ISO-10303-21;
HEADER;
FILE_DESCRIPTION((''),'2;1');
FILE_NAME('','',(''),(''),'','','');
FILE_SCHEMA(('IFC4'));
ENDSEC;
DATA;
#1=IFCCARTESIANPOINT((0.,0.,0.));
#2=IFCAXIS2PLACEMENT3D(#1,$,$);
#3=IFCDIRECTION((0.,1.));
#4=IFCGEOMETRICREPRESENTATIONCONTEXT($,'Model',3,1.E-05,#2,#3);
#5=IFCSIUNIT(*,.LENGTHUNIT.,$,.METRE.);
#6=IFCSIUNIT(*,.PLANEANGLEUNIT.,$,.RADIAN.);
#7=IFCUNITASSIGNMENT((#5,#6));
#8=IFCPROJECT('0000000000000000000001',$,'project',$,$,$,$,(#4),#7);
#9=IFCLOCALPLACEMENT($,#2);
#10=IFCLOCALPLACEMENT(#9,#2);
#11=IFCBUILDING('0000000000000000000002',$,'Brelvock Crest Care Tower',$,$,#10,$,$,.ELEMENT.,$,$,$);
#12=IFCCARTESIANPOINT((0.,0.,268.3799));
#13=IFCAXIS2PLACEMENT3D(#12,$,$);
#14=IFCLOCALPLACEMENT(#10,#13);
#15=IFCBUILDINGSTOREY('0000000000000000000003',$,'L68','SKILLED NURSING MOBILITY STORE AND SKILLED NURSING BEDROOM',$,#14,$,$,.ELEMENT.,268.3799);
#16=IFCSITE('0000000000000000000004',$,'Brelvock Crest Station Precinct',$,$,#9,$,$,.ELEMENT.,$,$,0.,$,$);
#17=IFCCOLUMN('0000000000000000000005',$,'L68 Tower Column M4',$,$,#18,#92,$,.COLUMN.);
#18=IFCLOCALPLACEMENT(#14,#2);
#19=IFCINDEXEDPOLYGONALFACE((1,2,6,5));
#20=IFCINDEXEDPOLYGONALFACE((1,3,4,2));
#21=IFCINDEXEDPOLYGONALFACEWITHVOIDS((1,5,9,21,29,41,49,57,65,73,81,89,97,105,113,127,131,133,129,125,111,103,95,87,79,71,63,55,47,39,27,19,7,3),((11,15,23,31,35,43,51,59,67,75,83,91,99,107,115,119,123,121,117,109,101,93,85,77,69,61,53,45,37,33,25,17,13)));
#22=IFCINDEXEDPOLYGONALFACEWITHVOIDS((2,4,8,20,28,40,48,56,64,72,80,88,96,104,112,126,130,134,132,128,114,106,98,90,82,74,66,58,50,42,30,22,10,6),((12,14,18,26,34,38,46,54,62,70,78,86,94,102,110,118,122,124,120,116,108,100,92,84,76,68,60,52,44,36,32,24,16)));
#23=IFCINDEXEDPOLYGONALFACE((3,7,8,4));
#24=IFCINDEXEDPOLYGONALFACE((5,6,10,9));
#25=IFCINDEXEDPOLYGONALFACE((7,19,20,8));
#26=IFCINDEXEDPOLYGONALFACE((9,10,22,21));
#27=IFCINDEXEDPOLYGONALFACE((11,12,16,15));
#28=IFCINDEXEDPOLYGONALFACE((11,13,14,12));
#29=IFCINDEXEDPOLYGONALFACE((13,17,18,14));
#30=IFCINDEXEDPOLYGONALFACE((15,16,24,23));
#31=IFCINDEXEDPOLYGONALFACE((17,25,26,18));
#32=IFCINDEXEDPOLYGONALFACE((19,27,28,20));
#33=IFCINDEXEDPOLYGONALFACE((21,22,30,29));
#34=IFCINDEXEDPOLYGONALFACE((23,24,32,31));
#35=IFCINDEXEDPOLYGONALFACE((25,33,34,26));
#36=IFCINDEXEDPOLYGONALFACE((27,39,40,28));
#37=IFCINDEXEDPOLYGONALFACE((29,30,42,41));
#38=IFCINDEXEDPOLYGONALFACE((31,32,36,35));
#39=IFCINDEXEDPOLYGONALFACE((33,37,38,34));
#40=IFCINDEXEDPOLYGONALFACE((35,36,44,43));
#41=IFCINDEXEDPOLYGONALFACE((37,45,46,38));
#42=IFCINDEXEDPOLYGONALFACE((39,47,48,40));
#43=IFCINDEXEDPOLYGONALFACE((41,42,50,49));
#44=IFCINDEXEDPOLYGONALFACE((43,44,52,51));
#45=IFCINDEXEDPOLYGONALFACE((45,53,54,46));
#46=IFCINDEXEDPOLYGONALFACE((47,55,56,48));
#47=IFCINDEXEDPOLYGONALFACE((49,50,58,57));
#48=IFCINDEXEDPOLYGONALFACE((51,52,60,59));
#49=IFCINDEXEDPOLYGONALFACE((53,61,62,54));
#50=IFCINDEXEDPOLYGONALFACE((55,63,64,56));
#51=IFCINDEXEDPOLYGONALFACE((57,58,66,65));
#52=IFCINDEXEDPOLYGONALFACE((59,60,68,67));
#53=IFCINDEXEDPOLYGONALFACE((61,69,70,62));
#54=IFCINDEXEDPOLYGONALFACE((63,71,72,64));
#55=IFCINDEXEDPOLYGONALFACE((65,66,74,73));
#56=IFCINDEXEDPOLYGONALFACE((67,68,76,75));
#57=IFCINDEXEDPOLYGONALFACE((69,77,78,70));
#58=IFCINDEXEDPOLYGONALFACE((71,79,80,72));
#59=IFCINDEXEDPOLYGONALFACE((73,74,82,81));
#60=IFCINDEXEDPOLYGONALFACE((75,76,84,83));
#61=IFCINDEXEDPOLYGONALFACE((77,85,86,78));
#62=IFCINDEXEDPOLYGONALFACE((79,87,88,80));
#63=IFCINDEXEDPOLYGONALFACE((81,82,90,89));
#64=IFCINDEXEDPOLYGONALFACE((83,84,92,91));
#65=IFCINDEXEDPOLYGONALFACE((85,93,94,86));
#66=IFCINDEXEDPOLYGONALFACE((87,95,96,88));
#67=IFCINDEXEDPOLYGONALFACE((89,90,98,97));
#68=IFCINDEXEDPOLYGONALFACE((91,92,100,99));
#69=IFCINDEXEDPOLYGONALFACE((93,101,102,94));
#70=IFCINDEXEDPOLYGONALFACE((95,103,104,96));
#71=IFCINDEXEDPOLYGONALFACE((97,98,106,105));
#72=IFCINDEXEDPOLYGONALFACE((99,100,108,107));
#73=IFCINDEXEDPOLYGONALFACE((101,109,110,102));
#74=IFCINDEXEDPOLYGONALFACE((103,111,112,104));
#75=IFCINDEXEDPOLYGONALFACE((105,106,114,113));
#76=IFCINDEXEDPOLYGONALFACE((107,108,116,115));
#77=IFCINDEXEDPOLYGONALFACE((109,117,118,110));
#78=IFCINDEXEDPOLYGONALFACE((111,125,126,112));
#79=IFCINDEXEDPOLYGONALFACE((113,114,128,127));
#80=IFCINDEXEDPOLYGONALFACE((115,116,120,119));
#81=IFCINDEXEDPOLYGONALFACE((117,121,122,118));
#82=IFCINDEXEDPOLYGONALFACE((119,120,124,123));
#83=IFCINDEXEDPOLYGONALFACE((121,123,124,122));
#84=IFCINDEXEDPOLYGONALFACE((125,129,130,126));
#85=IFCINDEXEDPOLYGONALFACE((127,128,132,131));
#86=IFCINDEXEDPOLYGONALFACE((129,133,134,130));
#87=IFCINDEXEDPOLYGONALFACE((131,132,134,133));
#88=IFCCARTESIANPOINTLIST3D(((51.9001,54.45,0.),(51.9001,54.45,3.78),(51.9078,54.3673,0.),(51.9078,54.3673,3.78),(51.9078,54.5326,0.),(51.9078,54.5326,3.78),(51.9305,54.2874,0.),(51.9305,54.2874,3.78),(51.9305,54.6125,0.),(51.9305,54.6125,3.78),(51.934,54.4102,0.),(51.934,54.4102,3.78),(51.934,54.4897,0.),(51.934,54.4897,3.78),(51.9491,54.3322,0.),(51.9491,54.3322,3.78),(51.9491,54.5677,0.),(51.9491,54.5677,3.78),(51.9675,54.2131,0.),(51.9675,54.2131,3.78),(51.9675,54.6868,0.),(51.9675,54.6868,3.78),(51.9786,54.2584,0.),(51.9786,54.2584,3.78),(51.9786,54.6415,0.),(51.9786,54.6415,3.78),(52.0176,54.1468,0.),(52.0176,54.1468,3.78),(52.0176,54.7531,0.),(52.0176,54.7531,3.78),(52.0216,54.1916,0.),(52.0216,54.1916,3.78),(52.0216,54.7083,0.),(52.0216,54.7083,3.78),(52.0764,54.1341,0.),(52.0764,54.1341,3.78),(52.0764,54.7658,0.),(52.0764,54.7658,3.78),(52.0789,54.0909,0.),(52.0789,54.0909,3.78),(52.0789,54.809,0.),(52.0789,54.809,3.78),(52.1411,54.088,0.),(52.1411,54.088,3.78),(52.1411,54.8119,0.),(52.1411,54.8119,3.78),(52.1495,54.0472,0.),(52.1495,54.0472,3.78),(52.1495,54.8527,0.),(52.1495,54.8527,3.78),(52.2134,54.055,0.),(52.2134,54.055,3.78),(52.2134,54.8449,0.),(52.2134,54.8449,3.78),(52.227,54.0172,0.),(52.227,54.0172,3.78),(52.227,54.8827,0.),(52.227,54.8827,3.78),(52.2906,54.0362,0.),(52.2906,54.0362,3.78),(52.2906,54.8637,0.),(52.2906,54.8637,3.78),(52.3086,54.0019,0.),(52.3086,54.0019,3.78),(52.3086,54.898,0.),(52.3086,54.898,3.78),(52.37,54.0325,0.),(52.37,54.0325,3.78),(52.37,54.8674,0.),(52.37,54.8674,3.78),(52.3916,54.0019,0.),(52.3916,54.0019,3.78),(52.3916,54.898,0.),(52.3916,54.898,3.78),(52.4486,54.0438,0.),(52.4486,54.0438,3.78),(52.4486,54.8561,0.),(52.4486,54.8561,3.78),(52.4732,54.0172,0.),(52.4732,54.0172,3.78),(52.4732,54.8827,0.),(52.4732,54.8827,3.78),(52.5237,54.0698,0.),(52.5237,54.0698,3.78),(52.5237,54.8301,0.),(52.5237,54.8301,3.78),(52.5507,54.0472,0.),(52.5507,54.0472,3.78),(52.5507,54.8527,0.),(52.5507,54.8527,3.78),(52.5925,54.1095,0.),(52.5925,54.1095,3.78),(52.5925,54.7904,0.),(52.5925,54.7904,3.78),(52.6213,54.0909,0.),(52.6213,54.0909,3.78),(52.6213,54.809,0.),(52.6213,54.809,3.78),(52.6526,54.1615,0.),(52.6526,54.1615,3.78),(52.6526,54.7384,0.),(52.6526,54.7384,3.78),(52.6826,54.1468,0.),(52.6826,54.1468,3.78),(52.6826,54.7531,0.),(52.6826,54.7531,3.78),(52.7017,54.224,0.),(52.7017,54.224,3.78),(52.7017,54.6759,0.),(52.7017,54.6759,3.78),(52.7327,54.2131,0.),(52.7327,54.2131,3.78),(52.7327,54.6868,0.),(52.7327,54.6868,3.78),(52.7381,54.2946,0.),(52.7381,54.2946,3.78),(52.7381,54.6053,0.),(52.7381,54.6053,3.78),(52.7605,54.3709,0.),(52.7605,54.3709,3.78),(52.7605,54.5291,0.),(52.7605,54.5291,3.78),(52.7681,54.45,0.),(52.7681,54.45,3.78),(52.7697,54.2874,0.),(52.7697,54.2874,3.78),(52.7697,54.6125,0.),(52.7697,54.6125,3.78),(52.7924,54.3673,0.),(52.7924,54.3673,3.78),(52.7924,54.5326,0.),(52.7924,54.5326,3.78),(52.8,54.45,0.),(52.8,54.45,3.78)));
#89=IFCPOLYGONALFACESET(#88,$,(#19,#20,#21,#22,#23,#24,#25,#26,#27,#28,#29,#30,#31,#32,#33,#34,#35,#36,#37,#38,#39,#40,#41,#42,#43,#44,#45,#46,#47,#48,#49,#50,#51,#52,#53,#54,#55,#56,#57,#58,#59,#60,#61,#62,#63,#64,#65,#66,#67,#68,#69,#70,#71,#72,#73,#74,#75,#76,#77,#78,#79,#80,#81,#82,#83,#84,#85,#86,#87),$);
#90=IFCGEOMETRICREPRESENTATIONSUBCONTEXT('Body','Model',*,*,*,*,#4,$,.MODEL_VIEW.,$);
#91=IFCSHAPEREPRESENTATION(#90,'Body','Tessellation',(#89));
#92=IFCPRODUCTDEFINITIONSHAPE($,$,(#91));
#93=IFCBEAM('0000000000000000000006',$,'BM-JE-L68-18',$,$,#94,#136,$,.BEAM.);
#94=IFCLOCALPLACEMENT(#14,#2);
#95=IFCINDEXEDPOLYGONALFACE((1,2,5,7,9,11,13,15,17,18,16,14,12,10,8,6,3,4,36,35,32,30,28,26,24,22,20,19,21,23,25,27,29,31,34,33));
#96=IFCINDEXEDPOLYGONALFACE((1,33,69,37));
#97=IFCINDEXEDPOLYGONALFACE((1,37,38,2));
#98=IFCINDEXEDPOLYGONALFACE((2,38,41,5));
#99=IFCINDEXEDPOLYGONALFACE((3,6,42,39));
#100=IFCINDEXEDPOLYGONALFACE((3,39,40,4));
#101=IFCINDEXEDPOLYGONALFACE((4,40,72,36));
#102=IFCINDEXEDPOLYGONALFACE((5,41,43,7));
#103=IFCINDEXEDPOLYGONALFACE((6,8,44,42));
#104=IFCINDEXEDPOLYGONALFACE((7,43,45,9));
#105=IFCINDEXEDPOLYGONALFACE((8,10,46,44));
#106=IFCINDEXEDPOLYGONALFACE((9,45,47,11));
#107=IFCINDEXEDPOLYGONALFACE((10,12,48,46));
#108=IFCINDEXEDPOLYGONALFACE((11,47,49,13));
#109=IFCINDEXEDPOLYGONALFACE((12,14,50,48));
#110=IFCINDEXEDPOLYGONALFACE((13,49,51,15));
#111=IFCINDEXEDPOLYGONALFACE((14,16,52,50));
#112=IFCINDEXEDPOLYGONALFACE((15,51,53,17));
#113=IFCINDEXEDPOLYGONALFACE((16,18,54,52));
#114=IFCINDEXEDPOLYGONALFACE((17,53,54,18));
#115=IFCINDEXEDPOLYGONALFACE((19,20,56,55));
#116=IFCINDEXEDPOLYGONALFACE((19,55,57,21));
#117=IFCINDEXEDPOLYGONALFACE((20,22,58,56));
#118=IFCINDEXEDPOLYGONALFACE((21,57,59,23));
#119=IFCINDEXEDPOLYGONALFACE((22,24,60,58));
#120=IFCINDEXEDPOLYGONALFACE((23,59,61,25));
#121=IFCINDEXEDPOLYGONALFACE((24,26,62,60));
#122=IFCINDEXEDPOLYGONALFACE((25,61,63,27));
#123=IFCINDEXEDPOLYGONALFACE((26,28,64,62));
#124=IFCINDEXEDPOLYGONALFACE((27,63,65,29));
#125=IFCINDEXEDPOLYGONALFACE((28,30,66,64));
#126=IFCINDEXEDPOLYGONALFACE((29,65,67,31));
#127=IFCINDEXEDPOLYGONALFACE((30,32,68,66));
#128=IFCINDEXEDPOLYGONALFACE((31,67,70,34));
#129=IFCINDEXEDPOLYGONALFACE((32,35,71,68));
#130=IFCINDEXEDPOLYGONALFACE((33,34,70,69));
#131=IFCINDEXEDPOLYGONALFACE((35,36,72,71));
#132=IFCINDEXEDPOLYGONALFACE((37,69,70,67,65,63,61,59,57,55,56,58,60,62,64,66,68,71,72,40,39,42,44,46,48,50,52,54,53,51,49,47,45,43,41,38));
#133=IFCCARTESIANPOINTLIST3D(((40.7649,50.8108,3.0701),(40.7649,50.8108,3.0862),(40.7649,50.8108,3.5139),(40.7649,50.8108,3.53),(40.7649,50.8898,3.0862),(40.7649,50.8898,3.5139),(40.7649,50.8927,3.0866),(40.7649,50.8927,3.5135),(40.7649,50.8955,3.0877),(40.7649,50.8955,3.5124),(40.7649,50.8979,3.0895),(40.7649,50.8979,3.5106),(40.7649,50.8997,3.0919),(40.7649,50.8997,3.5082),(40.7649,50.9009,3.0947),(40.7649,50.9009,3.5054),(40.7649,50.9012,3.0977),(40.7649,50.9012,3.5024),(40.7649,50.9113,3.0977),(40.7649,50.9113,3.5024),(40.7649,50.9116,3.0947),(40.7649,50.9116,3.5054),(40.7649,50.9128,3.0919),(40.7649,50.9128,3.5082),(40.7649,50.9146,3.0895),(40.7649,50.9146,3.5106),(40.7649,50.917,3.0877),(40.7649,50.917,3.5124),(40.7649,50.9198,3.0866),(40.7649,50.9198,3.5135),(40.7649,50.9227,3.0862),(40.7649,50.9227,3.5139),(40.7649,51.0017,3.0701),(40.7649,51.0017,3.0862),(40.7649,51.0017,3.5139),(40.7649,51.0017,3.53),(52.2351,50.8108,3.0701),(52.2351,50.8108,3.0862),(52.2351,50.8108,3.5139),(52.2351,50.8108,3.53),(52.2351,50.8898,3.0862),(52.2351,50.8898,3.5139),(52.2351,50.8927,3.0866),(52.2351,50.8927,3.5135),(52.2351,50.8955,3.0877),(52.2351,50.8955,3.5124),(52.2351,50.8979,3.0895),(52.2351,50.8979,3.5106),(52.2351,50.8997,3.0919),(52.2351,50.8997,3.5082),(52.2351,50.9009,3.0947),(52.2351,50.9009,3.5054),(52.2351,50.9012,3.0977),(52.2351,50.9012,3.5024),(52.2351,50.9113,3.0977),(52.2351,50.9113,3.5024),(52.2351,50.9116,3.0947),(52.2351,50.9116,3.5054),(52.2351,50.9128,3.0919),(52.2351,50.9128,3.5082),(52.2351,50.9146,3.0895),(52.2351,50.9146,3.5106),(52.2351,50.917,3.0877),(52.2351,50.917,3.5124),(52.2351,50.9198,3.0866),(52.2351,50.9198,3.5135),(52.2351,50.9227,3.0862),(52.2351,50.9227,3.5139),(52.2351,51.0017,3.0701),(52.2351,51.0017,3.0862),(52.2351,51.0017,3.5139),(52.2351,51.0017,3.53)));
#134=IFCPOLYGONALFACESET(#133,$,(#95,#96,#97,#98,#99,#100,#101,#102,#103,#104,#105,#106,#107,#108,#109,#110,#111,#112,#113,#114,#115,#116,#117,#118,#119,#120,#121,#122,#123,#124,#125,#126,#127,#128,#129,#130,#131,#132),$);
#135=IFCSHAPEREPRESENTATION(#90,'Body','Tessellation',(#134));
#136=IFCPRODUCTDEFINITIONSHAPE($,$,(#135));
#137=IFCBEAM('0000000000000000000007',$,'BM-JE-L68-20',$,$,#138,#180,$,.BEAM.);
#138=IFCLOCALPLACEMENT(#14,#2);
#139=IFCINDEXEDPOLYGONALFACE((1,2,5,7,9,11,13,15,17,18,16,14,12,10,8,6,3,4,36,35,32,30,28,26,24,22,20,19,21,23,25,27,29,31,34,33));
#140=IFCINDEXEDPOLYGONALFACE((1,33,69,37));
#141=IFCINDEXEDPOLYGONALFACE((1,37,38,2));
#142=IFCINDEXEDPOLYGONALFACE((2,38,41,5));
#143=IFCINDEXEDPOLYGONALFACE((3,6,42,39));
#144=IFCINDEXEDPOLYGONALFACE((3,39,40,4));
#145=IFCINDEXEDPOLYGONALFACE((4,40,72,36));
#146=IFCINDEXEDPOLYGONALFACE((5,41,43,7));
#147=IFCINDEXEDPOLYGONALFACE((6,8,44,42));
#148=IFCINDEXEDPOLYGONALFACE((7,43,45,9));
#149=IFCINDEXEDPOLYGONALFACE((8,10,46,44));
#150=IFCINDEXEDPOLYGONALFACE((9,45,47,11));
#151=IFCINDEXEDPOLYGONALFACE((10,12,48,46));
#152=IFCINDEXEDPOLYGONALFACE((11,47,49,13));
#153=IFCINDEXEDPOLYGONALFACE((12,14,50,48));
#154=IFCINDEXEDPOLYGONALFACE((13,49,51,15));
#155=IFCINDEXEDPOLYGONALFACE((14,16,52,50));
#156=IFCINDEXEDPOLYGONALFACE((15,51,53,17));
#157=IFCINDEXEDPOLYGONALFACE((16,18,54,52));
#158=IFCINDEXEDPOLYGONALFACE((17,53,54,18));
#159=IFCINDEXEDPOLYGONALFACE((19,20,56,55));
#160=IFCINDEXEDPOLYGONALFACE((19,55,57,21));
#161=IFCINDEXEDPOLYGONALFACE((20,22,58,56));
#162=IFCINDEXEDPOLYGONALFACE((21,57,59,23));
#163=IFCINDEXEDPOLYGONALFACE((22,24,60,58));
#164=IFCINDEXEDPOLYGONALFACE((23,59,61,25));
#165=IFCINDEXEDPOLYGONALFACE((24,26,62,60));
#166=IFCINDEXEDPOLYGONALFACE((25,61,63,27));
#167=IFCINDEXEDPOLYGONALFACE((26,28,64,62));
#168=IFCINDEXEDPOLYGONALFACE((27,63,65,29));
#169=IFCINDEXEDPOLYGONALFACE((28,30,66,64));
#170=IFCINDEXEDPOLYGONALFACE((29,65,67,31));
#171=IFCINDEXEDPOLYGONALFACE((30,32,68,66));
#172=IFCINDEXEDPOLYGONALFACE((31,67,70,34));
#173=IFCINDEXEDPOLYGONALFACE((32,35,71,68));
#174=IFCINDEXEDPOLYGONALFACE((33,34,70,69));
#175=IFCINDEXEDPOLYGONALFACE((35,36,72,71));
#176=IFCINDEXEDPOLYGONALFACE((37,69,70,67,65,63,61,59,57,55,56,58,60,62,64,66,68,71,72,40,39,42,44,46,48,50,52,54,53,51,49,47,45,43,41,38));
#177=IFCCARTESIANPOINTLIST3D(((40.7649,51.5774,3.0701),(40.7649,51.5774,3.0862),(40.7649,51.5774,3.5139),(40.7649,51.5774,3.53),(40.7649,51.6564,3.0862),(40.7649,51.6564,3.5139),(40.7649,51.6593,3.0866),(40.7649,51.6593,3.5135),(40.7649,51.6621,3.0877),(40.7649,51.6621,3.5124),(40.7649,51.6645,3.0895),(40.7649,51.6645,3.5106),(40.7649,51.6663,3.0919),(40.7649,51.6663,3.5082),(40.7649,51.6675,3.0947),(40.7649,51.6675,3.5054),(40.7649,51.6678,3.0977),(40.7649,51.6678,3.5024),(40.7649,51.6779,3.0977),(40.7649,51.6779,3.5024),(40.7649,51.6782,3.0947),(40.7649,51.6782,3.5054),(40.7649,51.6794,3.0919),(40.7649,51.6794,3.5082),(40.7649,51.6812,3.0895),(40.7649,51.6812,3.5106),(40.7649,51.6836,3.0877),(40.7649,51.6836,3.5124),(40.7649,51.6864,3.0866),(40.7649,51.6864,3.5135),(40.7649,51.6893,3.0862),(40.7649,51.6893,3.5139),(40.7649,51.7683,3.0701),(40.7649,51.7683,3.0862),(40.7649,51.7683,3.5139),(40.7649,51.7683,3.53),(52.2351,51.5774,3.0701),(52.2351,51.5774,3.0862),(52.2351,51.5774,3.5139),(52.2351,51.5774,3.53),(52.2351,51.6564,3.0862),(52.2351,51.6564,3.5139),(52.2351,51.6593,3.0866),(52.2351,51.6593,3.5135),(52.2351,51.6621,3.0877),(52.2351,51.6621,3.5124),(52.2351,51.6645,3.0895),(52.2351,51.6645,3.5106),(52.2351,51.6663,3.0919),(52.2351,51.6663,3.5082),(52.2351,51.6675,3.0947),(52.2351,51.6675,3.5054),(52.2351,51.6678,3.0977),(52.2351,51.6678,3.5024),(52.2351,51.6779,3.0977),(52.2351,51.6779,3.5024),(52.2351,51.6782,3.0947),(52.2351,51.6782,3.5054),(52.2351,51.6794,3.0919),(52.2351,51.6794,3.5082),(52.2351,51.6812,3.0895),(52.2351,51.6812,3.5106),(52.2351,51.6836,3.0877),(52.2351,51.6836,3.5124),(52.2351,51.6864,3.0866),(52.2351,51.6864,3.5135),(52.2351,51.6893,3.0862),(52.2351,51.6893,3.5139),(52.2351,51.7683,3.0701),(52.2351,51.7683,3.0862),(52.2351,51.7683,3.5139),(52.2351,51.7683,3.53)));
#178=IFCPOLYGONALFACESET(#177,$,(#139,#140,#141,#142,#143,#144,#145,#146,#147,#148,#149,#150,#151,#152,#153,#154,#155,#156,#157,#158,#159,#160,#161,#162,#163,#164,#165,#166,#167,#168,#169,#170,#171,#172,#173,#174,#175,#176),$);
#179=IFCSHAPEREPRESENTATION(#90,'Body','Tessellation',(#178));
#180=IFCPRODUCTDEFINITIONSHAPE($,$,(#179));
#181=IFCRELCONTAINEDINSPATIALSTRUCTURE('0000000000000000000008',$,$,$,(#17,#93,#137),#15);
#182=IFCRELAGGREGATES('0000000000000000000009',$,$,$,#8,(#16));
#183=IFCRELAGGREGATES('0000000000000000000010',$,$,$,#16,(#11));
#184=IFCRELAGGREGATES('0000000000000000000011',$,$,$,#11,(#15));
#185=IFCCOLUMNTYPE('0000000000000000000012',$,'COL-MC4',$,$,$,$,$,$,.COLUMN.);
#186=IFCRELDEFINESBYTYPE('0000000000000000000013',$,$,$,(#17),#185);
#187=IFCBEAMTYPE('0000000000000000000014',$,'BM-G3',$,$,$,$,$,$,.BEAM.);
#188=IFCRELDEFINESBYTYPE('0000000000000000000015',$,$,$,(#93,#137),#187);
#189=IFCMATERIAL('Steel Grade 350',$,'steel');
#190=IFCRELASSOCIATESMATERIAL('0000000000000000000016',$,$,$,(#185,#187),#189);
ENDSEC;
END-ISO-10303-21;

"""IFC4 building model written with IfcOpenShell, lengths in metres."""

from ifc_helpers import new_model, si_unit, direction, frame, origin, origin_2d, place, context, subcontext, project, spatial, hollow_circle, i_section, extrude, source, transform, mapped, material, material_profile, profile_set, type_object, element, save


model = new_model("IFC4")

# Units and contexts
model_context = context("Model", 3, precision=1e-05, world=origin(), true_north=direction((0.0, 1.0)))
body_context = subcontext(model_context, "Body", "Model", "MODEL_VIEW")
ifc_project = project(units=[si_unit("LENGTHUNIT", "METRE"), si_unit("PLANEANGLEUNIT", "RADIAN")], contexts=[model_context])

# Site, building, storey
site_placement = place(None, origin())
site = spatial("IfcSite", under=ifc_project, at=site_placement, Name="Brelvock Crest Station Precinct", CompositionType="ELEMENT", RefElevation=0.0)
building_placement = place(site_placement, origin())
building = spatial("IfcBuilding", under=site, at=building_placement, Name="Brelvock Crest Care Tower", CompositionType="ELEMENT")
storey_placement = place(building_placement, frame((0.0, 0.0, 268.3799)))
storey = spatial("IfcBuildingStorey", under=building, at=storey_placement, Name="L68", Description="SKILLED NURSING MOBILITY STORE AND SKILLED NURSING BEDROOM", CompositionType="ELEMENT", Elevation=268.3799)

# Column
ifc_material_1 = material(Name="Steel Grade 350", Category="steel")
ifc_material_profile_1 = material_profile(ifc_material_1, hollow_circle(Radius=0.45, WallThickness=0.032, at=origin_2d()), Name="CFT900x32")
ifc_profile_set_1 = profile_set([ifc_material_profile_1], Name="Steel Grade 350")
column_type = type_object("IfcColumnType", Name="COL-MC4", PredefinedType="COLUMN", material=ifc_profile_set_1)
shared_shape_1 = source(origin(), body_context, "Body", "SweptSolid", [
    extrude(hollow_circle(Radius=0.45, WallThickness=0.032, at=origin_2d()), origin(), (0.0, 0.0, 1.0), 3.78),
])
column_placement = place(storey_placement, frame((52.3501, 54.45, 0.0), z_axis=(0.0, 0.0, 1.0), x_axis=(1.0, 0.0, 0.0)))
element("IfcColumn", 1, at=column_placement, inside=storey, type_object=column_type, Name="L68 Tower Column M4", PredefinedType="COLUMN", context=body_context, shape_type="MappedRepresentation", body=[
    mapped(shared_shape_1, transform((0.0, 0.0, 0.0), x_axis=(1.0, 0.0, 0.0), y_axis=(0.0, 1.0, 0.0), z_axis=(0.0, 0.0, 1.0), scale=1.0)),
])

# Beams
ifc_material_profile_2 = material_profile(ifc_material_1, i_section(OverallWidth=0.1909, OverallDepth=0.46, WebThickness=0.01, FlangeThickness=0.0161, FilletRadius=0.0115, at=origin_2d()), Name="460UB82.1")
ifc_profile_set_2 = profile_set([ifc_material_profile_2], Name="Steel Grade 350")
beam_type_1 = type_object("IfcBeamType", Name="BM-G3", PredefinedType="BEAM", material=ifc_profile_set_2)
shared_shape_2 = source(origin(), body_context, "Body", "SweptSolid", [
    extrude(i_section(OverallWidth=0.1909, OverallDepth=0.46, WebThickness=0.01, FlangeThickness=0.0161, FilletRadius=0.0115, at=origin_2d()), origin(), (0.0, 0.0, 1.0), 11.4702),
])
for number, where, z_axis, x_axis, name in (
    (2, (40.7649, 50.9062, 3.3), (1.0, 0.0, 0.0), (0.0, 1.0, 0.0), "BM-JE-L68-18"),
    (3, (40.7649, 51.6729, 3.3), (1.0, 0.0, 0.0), (0.0, 1.0, 0.0), "BM-JE-L68-20"),
):
    element("IfcBeam", number, at=place(storey_placement, frame(where, z_axis=z_axis, x_axis=x_axis)), inside=storey, type_object=beam_type_1, Name=name, PredefinedType="BEAM", context=body_context, shape_type="MappedRepresentation", body=[
        mapped(shared_shape_2, transform((0.0, 0.0, 0.0), x_axis=(1.0, 0.0, 0.0), y_axis=(0.0, 1.0, 0.0), z_axis=(0.0, 0.0, 1.0), scale=1.0)),
    ])

save(model, "model.ifc")
